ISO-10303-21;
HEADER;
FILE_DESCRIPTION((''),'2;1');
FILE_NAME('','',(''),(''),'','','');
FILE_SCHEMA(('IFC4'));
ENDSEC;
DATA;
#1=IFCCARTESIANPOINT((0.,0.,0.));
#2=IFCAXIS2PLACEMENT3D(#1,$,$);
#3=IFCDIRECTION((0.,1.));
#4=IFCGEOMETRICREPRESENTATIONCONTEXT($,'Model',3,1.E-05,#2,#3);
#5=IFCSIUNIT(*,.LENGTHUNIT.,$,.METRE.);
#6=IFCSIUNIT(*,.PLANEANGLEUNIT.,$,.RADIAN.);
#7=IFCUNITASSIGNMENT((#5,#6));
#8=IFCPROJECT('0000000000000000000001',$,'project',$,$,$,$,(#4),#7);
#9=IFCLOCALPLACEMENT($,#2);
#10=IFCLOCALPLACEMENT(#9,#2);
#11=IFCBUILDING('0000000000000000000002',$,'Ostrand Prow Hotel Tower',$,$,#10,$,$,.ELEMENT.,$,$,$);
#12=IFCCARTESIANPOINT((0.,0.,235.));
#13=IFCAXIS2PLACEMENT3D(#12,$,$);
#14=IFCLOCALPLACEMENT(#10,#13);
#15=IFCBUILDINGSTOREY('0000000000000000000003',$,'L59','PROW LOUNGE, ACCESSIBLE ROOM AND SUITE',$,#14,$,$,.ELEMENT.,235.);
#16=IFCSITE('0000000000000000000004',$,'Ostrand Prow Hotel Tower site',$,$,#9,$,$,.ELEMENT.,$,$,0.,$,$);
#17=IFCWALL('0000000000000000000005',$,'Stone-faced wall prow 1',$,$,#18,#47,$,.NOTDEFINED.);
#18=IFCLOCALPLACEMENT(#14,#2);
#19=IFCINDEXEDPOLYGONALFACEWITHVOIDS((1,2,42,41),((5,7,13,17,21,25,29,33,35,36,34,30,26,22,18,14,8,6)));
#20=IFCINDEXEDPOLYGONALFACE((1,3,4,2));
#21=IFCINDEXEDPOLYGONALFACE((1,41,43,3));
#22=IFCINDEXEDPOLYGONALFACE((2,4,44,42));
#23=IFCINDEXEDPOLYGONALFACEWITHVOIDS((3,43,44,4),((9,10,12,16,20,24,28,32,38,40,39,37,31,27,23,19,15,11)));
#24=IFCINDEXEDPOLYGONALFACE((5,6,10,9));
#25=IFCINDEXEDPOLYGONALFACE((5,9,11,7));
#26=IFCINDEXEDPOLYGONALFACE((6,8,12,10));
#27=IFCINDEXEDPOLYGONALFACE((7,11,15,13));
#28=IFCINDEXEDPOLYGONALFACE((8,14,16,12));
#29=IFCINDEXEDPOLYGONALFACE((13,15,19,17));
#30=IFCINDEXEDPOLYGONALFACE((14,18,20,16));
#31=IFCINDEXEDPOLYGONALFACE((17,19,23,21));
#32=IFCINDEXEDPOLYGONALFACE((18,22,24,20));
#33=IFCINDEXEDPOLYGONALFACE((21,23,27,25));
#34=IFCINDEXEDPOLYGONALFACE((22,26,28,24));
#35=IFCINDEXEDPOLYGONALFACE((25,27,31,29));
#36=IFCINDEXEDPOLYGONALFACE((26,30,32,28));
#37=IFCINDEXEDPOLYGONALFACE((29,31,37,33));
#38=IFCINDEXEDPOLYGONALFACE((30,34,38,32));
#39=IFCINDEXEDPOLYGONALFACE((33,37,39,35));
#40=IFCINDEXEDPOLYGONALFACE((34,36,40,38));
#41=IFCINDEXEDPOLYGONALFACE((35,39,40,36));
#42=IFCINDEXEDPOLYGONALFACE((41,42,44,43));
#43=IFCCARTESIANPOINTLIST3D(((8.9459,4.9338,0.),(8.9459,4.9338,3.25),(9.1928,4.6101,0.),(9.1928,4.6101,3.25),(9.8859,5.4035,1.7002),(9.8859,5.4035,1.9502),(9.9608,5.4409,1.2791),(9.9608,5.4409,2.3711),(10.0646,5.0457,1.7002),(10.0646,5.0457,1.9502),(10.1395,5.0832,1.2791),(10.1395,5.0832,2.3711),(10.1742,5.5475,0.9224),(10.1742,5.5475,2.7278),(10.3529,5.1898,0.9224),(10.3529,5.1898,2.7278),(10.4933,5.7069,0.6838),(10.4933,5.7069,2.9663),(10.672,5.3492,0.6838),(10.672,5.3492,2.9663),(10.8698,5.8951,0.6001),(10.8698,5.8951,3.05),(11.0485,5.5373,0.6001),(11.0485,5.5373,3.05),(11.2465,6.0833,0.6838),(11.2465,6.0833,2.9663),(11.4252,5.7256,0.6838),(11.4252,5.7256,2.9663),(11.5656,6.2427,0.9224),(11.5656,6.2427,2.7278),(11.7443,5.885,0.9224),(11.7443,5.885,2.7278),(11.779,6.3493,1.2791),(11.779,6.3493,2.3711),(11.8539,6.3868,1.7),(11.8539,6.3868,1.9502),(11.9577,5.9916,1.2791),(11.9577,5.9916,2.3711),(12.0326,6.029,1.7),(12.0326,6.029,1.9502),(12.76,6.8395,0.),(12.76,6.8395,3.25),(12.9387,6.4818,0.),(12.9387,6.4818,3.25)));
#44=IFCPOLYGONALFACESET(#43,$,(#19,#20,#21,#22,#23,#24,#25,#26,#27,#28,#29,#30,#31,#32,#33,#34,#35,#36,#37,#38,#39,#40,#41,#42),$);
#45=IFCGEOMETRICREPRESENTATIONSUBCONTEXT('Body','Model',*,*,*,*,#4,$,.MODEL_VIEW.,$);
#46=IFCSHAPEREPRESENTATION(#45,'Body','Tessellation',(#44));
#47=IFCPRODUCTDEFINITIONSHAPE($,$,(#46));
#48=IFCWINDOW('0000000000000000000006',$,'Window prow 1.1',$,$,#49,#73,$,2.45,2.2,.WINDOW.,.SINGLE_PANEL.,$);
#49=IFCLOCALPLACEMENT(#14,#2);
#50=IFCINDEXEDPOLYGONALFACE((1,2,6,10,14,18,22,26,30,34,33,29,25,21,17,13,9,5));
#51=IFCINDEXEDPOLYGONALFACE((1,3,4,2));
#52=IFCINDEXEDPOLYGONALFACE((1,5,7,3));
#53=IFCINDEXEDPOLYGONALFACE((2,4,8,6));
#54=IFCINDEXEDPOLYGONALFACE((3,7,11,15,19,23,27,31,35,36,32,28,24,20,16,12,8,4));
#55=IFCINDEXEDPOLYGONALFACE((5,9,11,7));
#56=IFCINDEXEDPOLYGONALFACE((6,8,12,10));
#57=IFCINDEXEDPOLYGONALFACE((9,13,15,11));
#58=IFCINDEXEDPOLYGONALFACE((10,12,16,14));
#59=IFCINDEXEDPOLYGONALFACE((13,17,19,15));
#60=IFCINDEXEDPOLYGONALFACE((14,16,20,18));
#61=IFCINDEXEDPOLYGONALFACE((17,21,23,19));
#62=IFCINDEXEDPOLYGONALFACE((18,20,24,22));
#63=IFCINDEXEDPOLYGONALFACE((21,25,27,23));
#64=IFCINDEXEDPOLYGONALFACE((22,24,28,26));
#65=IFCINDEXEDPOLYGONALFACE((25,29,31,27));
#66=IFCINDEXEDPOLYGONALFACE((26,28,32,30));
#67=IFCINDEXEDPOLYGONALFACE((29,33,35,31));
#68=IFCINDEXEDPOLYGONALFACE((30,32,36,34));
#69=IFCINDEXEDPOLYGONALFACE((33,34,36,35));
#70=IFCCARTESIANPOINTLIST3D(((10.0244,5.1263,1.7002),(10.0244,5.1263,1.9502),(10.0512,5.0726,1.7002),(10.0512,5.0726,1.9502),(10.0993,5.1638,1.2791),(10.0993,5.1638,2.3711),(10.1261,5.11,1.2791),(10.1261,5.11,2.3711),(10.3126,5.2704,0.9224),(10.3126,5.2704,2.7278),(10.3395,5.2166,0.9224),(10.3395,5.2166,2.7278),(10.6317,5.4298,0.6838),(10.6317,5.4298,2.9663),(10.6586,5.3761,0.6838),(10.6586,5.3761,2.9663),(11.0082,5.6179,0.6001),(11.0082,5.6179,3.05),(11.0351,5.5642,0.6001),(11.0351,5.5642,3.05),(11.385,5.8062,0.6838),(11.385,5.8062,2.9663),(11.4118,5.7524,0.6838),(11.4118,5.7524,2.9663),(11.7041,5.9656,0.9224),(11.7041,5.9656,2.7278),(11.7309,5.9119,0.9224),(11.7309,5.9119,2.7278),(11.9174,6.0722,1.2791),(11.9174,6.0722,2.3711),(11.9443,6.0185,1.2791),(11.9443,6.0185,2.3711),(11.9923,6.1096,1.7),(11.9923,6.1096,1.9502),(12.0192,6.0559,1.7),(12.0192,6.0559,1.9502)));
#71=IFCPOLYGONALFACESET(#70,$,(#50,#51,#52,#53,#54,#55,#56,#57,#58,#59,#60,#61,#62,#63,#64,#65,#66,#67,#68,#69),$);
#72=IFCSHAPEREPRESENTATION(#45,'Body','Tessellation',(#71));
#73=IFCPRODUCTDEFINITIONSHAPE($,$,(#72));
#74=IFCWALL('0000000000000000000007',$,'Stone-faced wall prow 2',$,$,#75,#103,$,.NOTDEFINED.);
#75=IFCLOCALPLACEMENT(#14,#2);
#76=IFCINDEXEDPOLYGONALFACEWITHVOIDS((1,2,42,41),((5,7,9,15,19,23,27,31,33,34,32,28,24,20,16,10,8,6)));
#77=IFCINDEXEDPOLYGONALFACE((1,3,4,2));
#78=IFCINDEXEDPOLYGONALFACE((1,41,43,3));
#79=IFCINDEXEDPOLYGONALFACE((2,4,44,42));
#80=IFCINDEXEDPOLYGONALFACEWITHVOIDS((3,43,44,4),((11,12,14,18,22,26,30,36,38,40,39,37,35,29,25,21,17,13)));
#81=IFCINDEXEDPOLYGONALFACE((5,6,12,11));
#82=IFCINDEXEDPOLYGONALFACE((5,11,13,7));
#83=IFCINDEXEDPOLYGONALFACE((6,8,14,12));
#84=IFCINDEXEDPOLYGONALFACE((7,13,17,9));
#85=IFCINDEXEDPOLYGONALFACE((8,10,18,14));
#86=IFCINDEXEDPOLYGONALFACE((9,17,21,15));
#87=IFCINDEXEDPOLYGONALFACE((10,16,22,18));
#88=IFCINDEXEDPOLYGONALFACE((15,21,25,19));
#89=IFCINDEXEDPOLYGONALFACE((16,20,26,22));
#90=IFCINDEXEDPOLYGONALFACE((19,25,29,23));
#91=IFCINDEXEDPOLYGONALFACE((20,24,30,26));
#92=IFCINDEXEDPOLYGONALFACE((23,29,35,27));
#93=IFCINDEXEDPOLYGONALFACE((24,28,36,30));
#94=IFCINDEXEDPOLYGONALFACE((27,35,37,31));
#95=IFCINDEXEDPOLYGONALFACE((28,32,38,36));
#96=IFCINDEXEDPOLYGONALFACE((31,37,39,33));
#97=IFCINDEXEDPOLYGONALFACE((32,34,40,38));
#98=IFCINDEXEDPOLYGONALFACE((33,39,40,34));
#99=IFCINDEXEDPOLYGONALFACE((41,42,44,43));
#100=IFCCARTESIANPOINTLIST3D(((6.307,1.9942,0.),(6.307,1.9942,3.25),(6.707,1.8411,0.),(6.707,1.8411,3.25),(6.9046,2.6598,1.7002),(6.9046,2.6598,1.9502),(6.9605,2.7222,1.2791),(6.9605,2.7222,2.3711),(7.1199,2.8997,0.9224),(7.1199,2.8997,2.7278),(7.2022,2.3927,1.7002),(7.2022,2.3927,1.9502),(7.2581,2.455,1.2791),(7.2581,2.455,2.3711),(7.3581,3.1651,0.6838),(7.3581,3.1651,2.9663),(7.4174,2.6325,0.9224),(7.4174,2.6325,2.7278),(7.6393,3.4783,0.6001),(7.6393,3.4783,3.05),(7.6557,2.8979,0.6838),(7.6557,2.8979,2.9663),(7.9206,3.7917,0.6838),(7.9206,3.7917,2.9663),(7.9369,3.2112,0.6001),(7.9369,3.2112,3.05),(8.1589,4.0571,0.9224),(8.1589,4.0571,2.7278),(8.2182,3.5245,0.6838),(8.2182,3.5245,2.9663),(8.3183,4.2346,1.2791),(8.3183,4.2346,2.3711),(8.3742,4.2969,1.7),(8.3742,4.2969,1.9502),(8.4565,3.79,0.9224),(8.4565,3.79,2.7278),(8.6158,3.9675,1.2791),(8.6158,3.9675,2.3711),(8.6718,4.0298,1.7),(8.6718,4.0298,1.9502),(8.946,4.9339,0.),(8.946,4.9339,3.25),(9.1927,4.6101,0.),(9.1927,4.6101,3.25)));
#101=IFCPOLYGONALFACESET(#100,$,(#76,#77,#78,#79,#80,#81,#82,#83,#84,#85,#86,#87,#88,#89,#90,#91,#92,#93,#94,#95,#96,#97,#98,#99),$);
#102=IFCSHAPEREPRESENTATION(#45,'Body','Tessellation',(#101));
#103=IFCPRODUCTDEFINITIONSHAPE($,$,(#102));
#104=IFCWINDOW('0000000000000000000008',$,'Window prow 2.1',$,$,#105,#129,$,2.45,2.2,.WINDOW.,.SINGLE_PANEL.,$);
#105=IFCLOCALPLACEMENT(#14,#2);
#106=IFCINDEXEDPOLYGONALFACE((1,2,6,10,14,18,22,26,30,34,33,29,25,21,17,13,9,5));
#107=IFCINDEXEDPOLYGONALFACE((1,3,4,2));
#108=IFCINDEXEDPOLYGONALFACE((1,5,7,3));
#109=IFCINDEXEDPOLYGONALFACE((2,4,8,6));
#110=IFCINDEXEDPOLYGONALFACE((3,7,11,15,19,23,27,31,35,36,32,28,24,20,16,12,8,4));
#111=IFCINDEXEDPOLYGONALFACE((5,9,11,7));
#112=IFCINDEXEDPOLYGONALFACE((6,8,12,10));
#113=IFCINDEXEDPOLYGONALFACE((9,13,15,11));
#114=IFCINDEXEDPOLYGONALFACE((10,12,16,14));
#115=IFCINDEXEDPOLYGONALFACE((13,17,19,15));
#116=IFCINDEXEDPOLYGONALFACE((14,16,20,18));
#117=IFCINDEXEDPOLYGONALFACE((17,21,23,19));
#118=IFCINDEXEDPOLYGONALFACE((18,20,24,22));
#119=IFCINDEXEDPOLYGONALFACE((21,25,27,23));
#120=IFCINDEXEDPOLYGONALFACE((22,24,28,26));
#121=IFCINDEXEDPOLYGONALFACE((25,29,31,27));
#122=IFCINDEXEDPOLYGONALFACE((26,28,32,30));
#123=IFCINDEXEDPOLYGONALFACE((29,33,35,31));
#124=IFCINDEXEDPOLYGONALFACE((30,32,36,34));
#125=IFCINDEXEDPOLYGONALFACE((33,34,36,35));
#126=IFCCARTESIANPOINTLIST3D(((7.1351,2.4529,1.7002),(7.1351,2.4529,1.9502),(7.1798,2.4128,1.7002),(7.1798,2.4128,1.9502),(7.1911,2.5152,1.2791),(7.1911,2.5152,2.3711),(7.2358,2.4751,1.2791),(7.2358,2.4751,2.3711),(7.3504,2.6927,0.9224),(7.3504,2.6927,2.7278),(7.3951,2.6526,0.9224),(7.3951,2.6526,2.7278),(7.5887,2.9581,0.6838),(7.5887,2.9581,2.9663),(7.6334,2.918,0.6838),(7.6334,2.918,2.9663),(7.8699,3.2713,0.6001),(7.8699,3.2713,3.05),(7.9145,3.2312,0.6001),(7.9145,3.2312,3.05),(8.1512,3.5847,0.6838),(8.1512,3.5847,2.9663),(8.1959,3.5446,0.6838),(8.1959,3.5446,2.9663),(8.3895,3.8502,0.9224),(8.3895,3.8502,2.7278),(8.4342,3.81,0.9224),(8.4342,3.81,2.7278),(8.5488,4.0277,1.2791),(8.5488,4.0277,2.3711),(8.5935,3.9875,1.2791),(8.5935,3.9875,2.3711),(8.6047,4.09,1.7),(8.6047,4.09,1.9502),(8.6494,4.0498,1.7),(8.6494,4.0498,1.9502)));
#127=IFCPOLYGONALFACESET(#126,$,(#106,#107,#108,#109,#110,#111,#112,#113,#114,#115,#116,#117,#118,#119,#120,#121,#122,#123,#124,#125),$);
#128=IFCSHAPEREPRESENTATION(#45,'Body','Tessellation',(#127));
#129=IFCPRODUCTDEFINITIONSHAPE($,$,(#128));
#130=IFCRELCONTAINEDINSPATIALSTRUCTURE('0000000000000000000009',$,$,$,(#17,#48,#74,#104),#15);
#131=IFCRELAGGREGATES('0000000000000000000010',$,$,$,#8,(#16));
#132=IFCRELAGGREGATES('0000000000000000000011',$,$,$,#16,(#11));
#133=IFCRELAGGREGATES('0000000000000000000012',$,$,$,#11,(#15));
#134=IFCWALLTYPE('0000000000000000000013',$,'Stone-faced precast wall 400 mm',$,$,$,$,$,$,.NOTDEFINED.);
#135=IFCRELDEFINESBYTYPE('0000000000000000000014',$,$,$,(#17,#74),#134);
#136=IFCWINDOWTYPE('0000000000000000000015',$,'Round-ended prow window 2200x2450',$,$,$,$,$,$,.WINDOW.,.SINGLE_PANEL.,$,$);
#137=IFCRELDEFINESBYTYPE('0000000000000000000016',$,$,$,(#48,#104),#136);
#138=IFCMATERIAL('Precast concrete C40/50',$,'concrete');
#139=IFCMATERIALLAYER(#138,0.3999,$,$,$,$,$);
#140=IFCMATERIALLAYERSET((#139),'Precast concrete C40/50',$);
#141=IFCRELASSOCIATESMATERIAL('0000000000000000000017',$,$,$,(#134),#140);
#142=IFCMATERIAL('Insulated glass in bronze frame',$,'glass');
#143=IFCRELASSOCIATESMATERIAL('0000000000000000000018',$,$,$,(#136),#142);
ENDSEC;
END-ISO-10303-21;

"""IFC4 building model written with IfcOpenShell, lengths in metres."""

from ifc_helpers import new_model, si_unit, direction, frame, origin, place, context, subcontext, project, spatial, polyline, outline, extrude, material, layer, layer_set, type_object, element, fill, save


model = new_model("IFC4")

# Units and contexts
model_context = context("Model", 3, precision=1e-05, world=origin(), true_north=direction((0.0, 1.0)))
body_context = subcontext(model_context, "Body", "Model", "MODEL_VIEW")
ifc_project = project(units=[si_unit("LENGTHUNIT", "METRE"), si_unit("PLANEANGLEUNIT", "RADIAN")], contexts=[model_context])

# Site, building, storey
site_placement = place(None, origin())
site = spatial("IfcSite", under=ifc_project, at=site_placement, Name="Ostrand Prow Hotel Tower site", CompositionType="ELEMENT", RefElevation=0.0)
building_placement = place(site_placement, origin())
building = spatial("IfcBuilding", under=site, at=building_placement, Name="Ostrand Prow Hotel Tower", CompositionType="ELEMENT")
storey_placement = place(building_placement, frame((0.0, 0.0, 235.0)))
storey = spatial("IfcBuildingStorey", under=building, at=storey_placement, Name="L59", Description="PROW LOUNGE, ACCESSIBLE ROOM AND SUITE", CompositionType="ELEMENT", Elevation=235.0)

# Walls, openings, windows
ifc_material_1 = material(Name="Precast concrete C40/50", Category="concrete")
ifc_layer_1 = layer(ifc_material_1, 0.3999)
ifc_layer_set_1 = layer_set([ifc_layer_1], Name="Precast concrete C40/50")
wall_type_1 = type_object("IfcWallType", Name="Stone-faced precast wall 400 mm", PredefinedType="NOTDEFINED", material=ifc_layer_set_1)
wall_1_placement = place(storey_placement, frame((12.8494, 6.6606, 0.0), z_axis=(0.0, 0.0, 1.0), x_axis=(-0.894554, -0.446959, 0.0)))
wall_1 = element("IfcWall", 1, at=wall_1_placement, inside=storey, type_object=wall_type_1, Name="Stone-faced wall prow 1", PredefinedType="NOTDEFINED", context=body_context, shape_type="SweptSolid", body=[
    extrude(outline(polyline([(0.0, -0.2), (4.2637, -0.2), (4.1875, 0.2), (0.0, 0.2), (0.0, -0.2)])), origin(), (0.0, 0.0, 1.0), 3.25),
])
opening_1_placement = place(wall_1_placement, frame((1.0129, 0.0, 0.6001)))
opening_1 = element("IfcOpeningElement", 2, at=opening_1_placement, cuts=wall_1, PredefinedType="OPENING", context=body_context, shape_type="SweptSolid", body=[
    extrude(outline(polyline([(0.0, 1.3501), (0.0837, 1.771), (0.3223, 2.1277), (0.679, 2.3662), (1.1001, 2.45), (1.521, 2.3662), (1.8777, 2.1277), (2.1162, 1.771), (2.2, 1.3501), (2.2, 1.1001), (2.1162, 0.679), (1.8777, 0.3223), (1.521, 0.0837), (1.1001, 0.0), (0.679, 0.0837), (0.3223, 0.3223), (0.0837, 0.679), (0.0, 1.0999), (0.0, 1.3501)])), frame((0.0, 0.21, 0.0), z_axis=(0.0, -1.0, 0.0), x_axis=(1.0, 0.0, 0.0)), (0.0, 0.0, 1.0), 0.4199),
])
ifc_material_2 = material(Name="Insulated glass in bronze frame", Category="glass")
window_type = type_object("IfcWindowType", Name="Round-ended prow window 2200x2450", PartitioningType="SINGLE_PANEL", PredefinedType="WINDOW", material=ifc_material_2)
window_1_placement = place(opening_1_placement, origin())
window_1 = element("IfcWindow", 3, at=window_1_placement, inside=storey, type_object=window_type, Name="Window prow 1.1", OverallHeight=2.45, OverallWidth=2.2, PartitioningType="SINGLE_PANEL", PredefinedType="WINDOW", context=body_context, shape_type="SweptSolid", body=[
    extrude(outline(polyline([(0.0, 1.3501), (0.0837, 1.771), (0.3223, 2.1277), (0.679, 2.3662), (1.1001, 2.45), (1.521, 2.3662), (1.8777, 2.1277), (2.1162, 1.771), (2.2, 1.3501), (2.2, 1.1001), (2.1162, 0.679), (1.8777, 0.3223), (1.521, 0.0837), (1.1001, 0.0), (0.679, 0.0837), (0.3223, 0.3223), (0.0837, 0.679), (0.0, 1.0999), (0.0, 1.3501)])), frame((0.0, 0.1699, 0.0), z_axis=(0.0, -1.0, 0.0), x_axis=(1.0, 0.0, 0.0)), (0.0, 0.0, 1.0), 0.0601),
])
fill(opening_1, window_1)
wall_2_placement = place(storey_placement, frame((9.0693, 4.772, 0.0), z_axis=(0.0, 0.0, 1.0), x_axis=(-0.668018, -0.744145, 0.0)))
wall_2 = element("IfcWall", 4, at=wall_2_placement, inside=storey, type_object=wall_type_1, Name="Stone-faced wall prow 2", PredefinedType="NOTDEFINED", context=body_context, shape_type="SweptSolid", body=[
    extrude(outline(polyline([(-0.0381, -0.2), (3.9124, -0.2), (3.759, 0.2), (0.0381, 0.2), (-0.0381, -0.2)])), origin(), (0.0, 0.0, 1.0), 3.25),
])
opening_2_placement = place(wall_2_placement, frame((0.8179, 0.0, 0.6001)))
opening_2 = element("IfcOpeningElement", 5, at=opening_2_placement, cuts=wall_2, PredefinedType="OPENING", context=body_context, shape_type="SweptSolid", body=[
    extrude(outline(polyline([(0.0, 1.3501), (0.0837, 1.771), (0.3223, 2.1277), (0.679, 2.3662), (1.1001, 2.45), (1.521, 2.3662), (1.8777, 2.1277), (2.1162, 1.771), (2.2, 1.3501), (2.2, 1.1001), (2.1162, 0.679), (1.8777, 0.3223), (1.521, 0.0837), (1.1001, 0.0), (0.679, 0.0837), (0.3223, 0.3223), (0.0837, 0.679), (0.0, 1.0999), (0.0, 1.3501)])), frame((0.0, 0.21, 0.0), z_axis=(0.0, -1.0, 0.0), x_axis=(1.0, 0.0, 0.0)), (0.0, 0.0, 1.0), 0.4199),
])
window_2_placement = place(opening_2_placement, origin())
window_2 = element("IfcWindow", 6, at=window_2_placement, inside=storey, type_object=window_type, Name="Window prow 2.1", OverallHeight=2.45, OverallWidth=2.2, PartitioningType="SINGLE_PANEL", PredefinedType="WINDOW", context=body_context, shape_type="SweptSolid", body=[
    extrude(outline(polyline([(0.0, 1.3501), (0.0837, 1.771), (0.3223, 2.1277), (0.679, 2.3662), (1.1001, 2.45), (1.521, 2.3662), (1.8777, 2.1277), (2.1162, 1.771), (2.2, 1.3501), (2.2, 1.1001), (2.1162, 0.679), (1.8777, 0.3223), (1.521, 0.0837), (1.1001, 0.0), (0.679, 0.0837), (0.3223, 0.3223), (0.0837, 0.679), (0.0, 1.0999), (0.0, 1.3501)])), frame((0.0, 0.1699, 0.0), z_axis=(0.0, -1.0, 0.0), x_axis=(1.0, 0.0, 0.0)), (0.0, 0.0, 1.0), 0.0601),
])
fill(opening_2, window_2)

save(model, "model.ifc")
